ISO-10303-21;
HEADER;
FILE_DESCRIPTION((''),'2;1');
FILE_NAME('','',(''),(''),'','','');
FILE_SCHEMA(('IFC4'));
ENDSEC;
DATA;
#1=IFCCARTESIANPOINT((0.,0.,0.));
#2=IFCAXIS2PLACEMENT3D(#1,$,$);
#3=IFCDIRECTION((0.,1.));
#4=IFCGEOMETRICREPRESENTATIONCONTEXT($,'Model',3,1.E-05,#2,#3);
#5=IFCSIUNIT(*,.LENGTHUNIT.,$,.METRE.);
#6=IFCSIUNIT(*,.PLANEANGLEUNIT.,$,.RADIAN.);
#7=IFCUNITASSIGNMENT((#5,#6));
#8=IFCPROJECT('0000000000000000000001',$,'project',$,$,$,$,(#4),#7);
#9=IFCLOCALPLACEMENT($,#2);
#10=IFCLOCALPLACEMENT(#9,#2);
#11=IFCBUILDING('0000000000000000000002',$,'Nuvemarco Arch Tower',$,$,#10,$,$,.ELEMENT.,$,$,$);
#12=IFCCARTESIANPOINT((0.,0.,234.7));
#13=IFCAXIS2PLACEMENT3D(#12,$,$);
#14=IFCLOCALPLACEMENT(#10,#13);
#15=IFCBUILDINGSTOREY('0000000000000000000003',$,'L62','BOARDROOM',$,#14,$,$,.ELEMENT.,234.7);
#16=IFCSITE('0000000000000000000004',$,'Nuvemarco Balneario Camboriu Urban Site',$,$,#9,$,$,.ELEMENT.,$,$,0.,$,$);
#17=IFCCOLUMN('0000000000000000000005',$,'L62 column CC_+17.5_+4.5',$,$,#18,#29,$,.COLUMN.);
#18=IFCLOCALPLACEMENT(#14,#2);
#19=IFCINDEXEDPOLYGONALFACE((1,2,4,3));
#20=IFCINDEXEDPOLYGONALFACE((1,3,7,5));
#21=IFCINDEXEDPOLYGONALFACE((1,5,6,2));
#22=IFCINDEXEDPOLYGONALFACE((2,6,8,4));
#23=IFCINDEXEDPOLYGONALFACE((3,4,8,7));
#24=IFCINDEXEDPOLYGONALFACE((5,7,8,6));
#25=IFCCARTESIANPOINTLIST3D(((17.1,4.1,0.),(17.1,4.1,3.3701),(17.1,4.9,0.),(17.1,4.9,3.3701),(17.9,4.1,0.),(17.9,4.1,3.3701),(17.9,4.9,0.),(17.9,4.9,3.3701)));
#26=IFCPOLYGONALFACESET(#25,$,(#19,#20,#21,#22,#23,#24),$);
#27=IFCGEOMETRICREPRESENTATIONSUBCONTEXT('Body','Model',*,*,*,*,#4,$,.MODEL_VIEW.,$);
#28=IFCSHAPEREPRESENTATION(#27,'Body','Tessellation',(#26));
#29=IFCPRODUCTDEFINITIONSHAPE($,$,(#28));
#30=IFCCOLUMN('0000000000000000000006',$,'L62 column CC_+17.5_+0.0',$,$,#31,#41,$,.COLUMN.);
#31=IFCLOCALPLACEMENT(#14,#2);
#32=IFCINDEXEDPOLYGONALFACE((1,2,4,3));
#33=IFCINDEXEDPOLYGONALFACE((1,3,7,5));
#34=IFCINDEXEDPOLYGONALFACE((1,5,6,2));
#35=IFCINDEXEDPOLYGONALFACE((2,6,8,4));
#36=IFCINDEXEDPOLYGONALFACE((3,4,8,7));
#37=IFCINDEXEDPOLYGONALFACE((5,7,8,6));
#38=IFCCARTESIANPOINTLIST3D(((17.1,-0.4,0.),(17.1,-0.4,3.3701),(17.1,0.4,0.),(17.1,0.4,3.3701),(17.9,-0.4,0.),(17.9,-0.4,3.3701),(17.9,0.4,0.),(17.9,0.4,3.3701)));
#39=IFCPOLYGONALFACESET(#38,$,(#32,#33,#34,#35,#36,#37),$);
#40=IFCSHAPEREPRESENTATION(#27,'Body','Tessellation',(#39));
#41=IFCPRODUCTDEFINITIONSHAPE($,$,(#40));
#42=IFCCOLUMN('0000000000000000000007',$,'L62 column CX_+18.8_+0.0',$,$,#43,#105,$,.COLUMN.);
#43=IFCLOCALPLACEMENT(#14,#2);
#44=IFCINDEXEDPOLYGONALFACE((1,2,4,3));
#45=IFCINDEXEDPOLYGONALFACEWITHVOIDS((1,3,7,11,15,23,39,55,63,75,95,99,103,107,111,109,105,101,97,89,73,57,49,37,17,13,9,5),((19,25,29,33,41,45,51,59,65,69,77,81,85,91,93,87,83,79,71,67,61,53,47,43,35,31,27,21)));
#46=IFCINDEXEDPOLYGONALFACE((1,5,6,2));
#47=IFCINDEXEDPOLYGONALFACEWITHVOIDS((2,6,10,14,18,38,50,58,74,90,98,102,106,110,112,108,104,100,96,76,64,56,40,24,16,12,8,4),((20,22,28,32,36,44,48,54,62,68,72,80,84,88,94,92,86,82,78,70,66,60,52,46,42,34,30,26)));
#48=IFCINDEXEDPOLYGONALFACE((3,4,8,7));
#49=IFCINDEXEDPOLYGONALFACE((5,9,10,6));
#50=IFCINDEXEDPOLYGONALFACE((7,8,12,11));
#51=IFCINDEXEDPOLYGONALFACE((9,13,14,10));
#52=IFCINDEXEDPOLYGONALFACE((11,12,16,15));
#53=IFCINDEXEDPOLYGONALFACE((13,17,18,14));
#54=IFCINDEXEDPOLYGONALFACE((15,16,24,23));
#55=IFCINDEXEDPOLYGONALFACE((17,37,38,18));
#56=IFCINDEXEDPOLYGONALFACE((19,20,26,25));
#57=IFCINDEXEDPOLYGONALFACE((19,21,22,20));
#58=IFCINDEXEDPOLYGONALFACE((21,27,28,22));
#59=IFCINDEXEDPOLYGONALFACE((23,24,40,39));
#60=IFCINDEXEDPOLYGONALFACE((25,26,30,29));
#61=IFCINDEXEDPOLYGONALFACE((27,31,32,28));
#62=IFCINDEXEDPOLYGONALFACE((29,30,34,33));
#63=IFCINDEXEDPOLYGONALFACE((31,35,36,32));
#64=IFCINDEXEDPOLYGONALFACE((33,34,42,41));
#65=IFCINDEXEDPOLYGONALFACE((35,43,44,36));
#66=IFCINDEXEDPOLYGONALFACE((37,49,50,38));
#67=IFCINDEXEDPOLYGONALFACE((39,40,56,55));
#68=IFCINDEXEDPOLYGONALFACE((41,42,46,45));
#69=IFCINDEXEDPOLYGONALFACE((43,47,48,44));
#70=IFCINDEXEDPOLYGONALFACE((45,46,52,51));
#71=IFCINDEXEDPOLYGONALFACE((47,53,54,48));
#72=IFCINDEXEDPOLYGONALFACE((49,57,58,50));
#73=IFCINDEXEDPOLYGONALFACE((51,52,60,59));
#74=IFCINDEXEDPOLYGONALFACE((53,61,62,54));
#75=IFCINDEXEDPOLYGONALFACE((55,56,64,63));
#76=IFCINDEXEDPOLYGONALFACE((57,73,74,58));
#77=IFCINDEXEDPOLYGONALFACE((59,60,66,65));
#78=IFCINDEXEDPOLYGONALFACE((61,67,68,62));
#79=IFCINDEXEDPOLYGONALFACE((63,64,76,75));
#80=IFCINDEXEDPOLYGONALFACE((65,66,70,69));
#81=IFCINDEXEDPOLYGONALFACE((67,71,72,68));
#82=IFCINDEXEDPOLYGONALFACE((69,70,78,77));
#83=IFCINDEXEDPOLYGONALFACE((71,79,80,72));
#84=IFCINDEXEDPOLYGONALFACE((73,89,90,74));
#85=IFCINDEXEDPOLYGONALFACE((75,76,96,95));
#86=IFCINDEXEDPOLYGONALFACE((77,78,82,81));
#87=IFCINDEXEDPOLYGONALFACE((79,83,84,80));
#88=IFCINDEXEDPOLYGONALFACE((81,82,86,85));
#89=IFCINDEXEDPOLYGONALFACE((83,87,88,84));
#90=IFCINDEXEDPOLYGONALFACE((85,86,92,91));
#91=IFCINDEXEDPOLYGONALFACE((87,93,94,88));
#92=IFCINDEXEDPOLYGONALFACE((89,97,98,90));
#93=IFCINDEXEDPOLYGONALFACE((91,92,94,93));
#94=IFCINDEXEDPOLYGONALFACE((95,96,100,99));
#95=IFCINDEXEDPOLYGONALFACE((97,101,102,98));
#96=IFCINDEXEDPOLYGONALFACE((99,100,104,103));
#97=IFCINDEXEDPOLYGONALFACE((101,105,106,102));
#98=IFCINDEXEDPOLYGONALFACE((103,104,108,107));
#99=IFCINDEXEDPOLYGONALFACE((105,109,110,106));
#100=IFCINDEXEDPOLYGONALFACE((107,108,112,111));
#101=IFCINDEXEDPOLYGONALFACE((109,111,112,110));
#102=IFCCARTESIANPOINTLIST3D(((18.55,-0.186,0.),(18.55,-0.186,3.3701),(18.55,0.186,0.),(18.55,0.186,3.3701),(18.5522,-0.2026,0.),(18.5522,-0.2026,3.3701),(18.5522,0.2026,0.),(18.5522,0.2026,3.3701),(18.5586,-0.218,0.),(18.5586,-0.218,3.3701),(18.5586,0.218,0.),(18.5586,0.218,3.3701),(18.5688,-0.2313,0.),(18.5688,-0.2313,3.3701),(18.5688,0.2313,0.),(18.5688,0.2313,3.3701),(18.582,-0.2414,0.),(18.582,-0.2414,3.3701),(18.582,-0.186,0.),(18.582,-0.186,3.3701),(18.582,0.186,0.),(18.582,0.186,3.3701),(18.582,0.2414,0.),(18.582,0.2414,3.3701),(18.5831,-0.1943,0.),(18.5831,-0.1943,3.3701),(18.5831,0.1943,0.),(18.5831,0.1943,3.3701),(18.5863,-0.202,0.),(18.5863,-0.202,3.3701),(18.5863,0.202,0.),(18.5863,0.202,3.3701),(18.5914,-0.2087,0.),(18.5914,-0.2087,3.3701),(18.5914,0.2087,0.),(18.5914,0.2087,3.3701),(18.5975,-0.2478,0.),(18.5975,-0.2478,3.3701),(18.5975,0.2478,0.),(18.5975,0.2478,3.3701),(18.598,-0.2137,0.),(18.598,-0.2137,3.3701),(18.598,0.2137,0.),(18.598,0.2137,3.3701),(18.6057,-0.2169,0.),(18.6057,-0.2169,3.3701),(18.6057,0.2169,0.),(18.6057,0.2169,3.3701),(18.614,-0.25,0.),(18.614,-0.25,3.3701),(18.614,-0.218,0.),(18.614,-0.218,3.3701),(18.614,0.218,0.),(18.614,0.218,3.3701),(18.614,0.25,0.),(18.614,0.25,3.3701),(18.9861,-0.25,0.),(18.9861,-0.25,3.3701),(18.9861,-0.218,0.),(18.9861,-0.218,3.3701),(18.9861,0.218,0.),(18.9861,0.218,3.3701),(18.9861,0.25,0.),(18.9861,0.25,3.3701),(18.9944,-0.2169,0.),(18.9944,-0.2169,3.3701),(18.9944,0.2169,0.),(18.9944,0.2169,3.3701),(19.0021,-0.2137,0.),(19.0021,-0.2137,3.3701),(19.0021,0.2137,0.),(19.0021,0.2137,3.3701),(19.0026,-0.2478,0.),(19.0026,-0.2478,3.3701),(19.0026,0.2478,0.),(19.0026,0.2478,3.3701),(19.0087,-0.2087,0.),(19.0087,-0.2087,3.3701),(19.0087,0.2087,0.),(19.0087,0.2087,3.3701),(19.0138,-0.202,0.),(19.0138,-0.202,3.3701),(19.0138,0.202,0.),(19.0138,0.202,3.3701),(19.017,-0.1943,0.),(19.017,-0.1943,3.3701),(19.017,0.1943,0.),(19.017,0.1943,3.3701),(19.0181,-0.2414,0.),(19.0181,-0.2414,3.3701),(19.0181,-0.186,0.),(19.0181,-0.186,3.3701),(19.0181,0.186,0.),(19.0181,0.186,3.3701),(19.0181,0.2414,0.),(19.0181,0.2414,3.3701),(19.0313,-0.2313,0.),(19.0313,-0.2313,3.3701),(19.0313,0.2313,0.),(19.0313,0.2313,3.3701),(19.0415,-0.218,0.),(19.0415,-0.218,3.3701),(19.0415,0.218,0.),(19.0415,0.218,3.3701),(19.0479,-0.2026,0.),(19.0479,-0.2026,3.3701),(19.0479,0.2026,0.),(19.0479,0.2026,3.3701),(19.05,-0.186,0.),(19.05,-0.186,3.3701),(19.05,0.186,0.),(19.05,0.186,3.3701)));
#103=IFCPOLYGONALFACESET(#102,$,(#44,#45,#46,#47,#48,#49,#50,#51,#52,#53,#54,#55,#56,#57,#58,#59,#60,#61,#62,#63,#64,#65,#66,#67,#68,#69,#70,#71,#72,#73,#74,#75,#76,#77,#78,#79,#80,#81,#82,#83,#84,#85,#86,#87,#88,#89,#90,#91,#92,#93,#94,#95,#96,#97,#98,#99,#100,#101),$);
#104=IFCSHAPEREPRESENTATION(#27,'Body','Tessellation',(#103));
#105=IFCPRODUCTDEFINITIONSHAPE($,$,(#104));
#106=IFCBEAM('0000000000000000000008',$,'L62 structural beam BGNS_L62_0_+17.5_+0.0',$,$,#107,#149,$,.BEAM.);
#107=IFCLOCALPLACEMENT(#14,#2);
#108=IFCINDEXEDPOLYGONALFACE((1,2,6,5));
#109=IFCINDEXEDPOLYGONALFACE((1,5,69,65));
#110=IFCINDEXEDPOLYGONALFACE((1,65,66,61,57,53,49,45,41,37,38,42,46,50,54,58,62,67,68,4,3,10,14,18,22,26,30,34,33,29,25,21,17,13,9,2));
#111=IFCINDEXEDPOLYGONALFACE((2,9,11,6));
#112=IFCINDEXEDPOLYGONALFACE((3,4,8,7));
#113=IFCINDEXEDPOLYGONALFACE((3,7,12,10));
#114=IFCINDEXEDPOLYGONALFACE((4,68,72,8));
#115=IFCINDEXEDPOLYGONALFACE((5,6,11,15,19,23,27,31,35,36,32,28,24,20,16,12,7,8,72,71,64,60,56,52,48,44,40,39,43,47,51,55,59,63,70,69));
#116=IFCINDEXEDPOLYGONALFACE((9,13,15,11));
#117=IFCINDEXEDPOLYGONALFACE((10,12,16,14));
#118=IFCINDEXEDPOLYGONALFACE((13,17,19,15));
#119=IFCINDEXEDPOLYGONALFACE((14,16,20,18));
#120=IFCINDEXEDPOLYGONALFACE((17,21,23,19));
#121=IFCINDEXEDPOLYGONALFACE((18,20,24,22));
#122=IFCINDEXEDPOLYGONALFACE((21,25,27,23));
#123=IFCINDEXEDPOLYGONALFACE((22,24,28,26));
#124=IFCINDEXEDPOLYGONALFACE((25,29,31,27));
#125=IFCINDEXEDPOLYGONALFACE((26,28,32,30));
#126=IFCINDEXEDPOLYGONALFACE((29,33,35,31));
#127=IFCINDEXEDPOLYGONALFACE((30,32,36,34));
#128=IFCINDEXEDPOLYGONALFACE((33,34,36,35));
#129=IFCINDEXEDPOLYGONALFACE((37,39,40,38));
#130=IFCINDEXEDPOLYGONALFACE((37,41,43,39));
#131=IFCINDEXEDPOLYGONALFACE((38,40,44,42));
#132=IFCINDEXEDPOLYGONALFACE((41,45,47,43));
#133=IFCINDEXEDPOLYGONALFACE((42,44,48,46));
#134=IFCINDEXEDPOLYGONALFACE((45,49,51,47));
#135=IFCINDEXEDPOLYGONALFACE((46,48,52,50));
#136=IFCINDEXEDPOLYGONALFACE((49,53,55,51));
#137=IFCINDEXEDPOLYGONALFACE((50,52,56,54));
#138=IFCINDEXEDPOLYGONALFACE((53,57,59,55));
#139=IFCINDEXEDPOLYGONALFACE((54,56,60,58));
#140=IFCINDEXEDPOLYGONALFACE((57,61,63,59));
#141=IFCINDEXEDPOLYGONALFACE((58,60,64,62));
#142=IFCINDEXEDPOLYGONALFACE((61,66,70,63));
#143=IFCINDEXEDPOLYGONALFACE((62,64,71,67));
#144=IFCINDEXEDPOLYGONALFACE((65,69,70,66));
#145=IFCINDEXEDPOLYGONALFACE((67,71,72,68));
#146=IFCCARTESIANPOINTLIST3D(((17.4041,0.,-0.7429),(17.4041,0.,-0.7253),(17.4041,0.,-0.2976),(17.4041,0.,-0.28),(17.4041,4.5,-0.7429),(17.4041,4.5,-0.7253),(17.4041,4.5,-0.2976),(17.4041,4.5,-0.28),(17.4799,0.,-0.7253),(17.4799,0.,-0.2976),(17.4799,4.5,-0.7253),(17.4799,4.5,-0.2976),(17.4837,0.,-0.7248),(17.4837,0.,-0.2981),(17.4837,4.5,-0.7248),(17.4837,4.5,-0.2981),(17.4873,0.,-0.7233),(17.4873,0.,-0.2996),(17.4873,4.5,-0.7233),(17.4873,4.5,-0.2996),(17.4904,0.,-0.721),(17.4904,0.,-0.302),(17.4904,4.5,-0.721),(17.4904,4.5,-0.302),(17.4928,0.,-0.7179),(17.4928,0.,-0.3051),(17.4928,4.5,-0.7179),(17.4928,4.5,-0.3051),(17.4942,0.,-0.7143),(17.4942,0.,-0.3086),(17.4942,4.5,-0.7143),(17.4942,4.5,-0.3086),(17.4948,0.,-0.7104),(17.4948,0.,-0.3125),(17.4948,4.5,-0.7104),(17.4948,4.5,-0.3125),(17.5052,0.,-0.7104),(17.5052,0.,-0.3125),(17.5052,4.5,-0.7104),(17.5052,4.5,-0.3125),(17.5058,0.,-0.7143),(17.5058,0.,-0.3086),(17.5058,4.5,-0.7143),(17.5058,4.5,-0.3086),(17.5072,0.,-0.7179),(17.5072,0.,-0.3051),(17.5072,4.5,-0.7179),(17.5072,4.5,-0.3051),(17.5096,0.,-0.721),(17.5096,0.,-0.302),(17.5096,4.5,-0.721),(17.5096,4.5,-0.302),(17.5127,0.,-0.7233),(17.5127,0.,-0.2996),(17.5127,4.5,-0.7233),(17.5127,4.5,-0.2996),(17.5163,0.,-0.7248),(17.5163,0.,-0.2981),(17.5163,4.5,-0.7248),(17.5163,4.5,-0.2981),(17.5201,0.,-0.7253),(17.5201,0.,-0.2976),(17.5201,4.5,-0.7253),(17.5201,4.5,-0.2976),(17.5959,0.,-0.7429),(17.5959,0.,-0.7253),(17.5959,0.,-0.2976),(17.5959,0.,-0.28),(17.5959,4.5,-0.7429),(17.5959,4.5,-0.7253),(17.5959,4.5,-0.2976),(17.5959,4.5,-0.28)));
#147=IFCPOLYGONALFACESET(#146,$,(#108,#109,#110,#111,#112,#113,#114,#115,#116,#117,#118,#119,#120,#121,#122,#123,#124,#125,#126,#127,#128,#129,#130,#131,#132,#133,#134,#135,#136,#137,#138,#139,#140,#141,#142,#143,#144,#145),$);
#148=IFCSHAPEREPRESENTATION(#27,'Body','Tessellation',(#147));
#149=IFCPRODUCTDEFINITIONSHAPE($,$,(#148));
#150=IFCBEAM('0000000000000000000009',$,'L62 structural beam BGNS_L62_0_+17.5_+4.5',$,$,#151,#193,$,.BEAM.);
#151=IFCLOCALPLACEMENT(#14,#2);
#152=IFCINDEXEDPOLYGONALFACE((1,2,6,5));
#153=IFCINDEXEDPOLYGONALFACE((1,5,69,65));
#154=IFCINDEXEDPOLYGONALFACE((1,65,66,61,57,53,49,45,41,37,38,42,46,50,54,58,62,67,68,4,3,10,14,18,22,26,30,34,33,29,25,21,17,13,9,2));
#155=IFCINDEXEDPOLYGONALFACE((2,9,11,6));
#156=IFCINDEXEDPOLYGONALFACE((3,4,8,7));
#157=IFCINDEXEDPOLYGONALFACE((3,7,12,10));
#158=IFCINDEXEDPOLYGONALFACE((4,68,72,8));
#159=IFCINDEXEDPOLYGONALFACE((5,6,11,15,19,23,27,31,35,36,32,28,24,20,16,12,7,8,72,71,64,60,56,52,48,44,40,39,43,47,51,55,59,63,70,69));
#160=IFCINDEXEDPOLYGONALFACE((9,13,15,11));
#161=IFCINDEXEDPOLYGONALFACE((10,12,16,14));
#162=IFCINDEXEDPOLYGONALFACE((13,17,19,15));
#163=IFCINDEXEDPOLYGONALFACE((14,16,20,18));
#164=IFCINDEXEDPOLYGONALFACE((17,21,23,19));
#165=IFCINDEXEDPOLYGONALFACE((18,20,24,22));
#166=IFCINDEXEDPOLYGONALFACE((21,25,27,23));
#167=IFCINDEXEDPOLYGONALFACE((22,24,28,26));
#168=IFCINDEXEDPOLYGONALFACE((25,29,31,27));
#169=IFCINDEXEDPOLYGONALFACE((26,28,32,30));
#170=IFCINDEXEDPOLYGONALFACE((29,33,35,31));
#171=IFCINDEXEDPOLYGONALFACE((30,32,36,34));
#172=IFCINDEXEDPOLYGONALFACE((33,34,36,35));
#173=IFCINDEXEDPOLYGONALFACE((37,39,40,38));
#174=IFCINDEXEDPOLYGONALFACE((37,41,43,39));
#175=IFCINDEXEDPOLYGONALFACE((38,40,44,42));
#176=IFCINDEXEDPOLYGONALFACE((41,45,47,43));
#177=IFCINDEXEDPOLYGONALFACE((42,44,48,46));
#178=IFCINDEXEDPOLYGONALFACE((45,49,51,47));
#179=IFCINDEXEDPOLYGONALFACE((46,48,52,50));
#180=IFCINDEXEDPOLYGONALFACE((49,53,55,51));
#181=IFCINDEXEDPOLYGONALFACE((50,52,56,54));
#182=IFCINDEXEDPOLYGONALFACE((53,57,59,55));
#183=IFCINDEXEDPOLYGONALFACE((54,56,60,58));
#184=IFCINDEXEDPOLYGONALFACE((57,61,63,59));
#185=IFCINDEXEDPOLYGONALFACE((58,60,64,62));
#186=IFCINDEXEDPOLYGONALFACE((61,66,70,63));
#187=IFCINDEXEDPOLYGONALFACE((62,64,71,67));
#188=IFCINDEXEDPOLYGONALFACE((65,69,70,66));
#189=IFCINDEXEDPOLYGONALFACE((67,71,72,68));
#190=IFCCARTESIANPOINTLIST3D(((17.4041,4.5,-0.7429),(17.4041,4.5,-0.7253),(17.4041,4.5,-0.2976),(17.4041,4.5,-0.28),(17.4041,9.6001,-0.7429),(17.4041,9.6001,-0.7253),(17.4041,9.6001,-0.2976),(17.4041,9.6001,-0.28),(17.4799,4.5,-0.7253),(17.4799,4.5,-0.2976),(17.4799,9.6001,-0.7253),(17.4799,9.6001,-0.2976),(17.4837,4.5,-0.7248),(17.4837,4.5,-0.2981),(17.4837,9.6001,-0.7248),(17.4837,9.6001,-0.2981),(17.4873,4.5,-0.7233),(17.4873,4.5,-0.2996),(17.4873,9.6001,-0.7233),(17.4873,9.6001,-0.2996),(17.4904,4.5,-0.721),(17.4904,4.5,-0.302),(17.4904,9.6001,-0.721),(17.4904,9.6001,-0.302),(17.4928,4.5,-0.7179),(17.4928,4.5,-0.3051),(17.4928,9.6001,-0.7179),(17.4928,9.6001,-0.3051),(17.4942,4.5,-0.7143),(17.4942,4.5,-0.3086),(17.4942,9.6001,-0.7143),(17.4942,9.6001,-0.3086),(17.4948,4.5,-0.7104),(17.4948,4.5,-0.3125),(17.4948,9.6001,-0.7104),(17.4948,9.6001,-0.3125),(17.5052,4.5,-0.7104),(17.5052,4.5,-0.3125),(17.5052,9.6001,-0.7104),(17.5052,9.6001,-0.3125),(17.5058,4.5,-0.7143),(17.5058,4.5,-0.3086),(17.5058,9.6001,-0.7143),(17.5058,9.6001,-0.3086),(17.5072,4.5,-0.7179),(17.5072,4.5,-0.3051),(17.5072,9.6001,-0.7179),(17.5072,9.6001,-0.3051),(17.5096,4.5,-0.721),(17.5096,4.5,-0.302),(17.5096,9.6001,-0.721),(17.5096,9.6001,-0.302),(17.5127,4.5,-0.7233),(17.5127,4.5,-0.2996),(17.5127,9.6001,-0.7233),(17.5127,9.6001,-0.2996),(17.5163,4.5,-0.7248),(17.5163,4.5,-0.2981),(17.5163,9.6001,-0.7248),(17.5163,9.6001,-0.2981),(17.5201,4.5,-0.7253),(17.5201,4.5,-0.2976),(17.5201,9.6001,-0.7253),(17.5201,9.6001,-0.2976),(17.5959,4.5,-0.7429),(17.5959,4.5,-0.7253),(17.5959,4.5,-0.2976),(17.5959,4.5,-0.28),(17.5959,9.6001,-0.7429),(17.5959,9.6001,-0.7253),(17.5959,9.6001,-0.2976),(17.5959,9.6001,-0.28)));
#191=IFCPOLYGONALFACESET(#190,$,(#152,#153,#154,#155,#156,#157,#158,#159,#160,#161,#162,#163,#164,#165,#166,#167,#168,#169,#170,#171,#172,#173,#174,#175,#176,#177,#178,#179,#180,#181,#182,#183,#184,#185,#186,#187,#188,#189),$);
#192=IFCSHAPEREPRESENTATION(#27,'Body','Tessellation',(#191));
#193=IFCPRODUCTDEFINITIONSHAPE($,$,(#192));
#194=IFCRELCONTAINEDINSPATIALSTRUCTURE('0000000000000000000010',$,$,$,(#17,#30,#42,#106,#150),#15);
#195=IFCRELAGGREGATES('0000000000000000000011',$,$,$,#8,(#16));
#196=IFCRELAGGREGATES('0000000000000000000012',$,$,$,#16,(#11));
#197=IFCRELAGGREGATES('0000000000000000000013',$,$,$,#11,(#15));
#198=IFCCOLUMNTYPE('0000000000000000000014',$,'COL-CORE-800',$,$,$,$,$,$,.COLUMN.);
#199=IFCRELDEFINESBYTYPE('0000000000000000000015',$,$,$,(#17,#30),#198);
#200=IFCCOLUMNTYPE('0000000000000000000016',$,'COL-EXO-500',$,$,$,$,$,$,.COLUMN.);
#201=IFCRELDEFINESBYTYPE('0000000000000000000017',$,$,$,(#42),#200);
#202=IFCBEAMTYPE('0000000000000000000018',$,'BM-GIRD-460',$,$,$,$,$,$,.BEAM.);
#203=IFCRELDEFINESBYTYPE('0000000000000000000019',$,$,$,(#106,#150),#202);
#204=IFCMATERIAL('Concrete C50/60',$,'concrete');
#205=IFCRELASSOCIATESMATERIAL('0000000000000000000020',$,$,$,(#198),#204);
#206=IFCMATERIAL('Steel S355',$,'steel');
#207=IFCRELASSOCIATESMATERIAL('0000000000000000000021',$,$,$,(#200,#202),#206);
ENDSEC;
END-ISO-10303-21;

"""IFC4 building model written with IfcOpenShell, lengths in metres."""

from ifc_helpers import new_model, si_unit, direction, frame, origin, origin_2d, place, context, subcontext, project, spatial, rectangle, hollow_rectangle, i_section, extrude, material, material_profile, profile_set, type_object, element, save


model = new_model("IFC4")

# Units and contexts
model_context = context("Model", 3, precision=1e-05, world=origin(), true_north=direction((0.0, 1.0)))
body_context = subcontext(model_context, "Body", "Model", "MODEL_VIEW")
ifc_project = project(units=[si_unit("LENGTHUNIT", "METRE"), si_unit("PLANEANGLEUNIT", "RADIAN")], contexts=[model_context])

# Site, building, storey
site_placement = place(None, origin())
site = spatial("IfcSite", under=ifc_project, at=site_placement, Name="Nuvemarco Balneario Camboriu Urban Site", CompositionType="ELEMENT", RefElevation=0.0)
building_placement = place(site_placement, origin())
building = spatial("IfcBuilding", under=site, at=building_placement, Name="Nuvemarco Arch Tower", CompositionType="ELEMENT")
storey_placement = place(building_placement, frame((0.0, 0.0, 234.7)))
storey = spatial("IfcBuildingStorey", under=building, at=storey_placement, Name="L62", Description="BOARDROOM", CompositionType="ELEMENT", Elevation=234.7)

# Columns
ifc_material_1 = material(Name="Concrete C50/60", Category="concrete")
ifc_material_profile_1 = material_profile(ifc_material_1, rectangle(XDim=0.8, YDim=0.8, at=origin_2d()), Name="RC-COL-800x800")
ifc_profile_set_1 = profile_set([ifc_material_profile_1], Name="Concrete C50/60")
column_type_1 = type_object("IfcColumnType", Name="COL-CORE-800", PredefinedType="COLUMN", material=ifc_profile_set_1)
for number, where, z_axis, x_axis, name in (
    (1, (17.5, 4.5, 0.0), (0.0, 0.0, 1.0), (1.0, 0.0, 0.0), "L62 column CC_+17.5_+4.5"),
    (2, (17.5, 0.0, 0.0), (0.0, 0.0, 1.0), (1.0, 0.0, 0.0), "L62 column CC_+17.5_+0.0"),
):
    element("IfcColumn", number, at=place(storey_placement, frame(where, z_axis=z_axis, x_axis=x_axis)), inside=storey, type_object=column_type_1, Name=name, PredefinedType="COLUMN", context=body_context, shape_type="SweptSolid", body=[
        extrude(rectangle(XDim=0.8, YDim=0.8, at=origin_2d()), origin(), (0.0, 0.0, 1.0), 3.3701),
    ])
ifc_material_2 = material(Name="Steel S355", Category="steel")
ifc_material_profile_2 = material_profile(ifc_material_2, hollow_rectangle(XDim=0.5, YDim=0.5, WallThickness=0.032, InnerFilletRadius=0.032, OuterFilletRadius=0.064, at=origin_2d()), Name="SHS500x500x32")
ifc_profile_set_2 = profile_set([ifc_material_profile_2], Name="Steel S355")
column_type_2 = type_object("IfcColumnType", Name="COL-EXO-500", PredefinedType="COLUMN", material=ifc_profile_set_2)
column_placement = place(storey_placement, frame((18.8, 0.0, 0.0), z_axis=(0.0, 0.0, 1.0), x_axis=(1.0, 0.0, 0.0)))
element("IfcColumn", 3, at=column_placement, inside=storey, type_object=column_type_2, Name="L62 column CX_+18.8_+0.0", PredefinedType="COLUMN", context=body_context, shape_type="SweptSolid", body=[
    extrude(hollow_rectangle(XDim=0.5, YDim=0.5, WallThickness=0.032, InnerFilletRadius=0.032, OuterFilletRadius=0.064, at=origin_2d()), origin(), (0.0, 0.0, 1.0), 3.3701),
])

# Beams
ifc_material_profile_3 = material_profile(ifc_material_2, i_section(OverallWidth=0.1919, OverallDepth=0.4629, WebThickness=0.0105, FlangeThickness=0.0176, FilletRadius=0.0149, at=origin_2d()), Name="W460x89")
ifc_profile_set_3 = profile_set([ifc_material_profile_3], Name="Steel S355")
beam_type_1 = type_object("IfcBeamType", Name="BM-GIRD-460", PredefinedType="BEAM", material=ifc_profile_set_3)
beam_1_placement = place(storey_placement, frame((17.5, 0.0, -0.5115), z_axis=(0.0, 1.0, 0.0), x_axis=(-1.0, 0.0, 0.0)))
element("IfcBeam", 4, at=beam_1_placement, inside=storey, type_object=beam_type_1, Name="L62 structural beam BGNS_L62_0_+17.5_+0.0", PredefinedType="BEAM", context=body_context, shape_type="SweptSolid", body=[
    extrude(i_section(OverallWidth=0.1919, OverallDepth=0.4629, WebThickness=0.0105, FlangeThickness=0.0176, FilletRadius=0.0149, at=origin_2d()), origin(), (0.0, 0.0, 1.0), 4.5),
])
beam_2_placement = place(storey_placement, frame((17.5, 4.5, -0.5115), z_axis=(0.0, 1.0, 0.0), x_axis=(-1.0, 0.0, 0.0)))
element("IfcBeam", 5, at=beam_2_placement, inside=storey, type_object=beam_type_1, Name="L62 structural beam BGNS_L62_0_+17.5_+4.5", PredefinedType="BEAM", context=body_context, shape_type="SweptSolid", body=[
    extrude(i_section(OverallWidth=0.1919, OverallDepth=0.4629, WebThickness=0.0105, FlangeThickness=0.0176, FilletRadius=0.0149, at=origin_2d()), origin(), (0.0, 0.0, 1.0), 5.1001),
])

save(model, "model.ifc")
